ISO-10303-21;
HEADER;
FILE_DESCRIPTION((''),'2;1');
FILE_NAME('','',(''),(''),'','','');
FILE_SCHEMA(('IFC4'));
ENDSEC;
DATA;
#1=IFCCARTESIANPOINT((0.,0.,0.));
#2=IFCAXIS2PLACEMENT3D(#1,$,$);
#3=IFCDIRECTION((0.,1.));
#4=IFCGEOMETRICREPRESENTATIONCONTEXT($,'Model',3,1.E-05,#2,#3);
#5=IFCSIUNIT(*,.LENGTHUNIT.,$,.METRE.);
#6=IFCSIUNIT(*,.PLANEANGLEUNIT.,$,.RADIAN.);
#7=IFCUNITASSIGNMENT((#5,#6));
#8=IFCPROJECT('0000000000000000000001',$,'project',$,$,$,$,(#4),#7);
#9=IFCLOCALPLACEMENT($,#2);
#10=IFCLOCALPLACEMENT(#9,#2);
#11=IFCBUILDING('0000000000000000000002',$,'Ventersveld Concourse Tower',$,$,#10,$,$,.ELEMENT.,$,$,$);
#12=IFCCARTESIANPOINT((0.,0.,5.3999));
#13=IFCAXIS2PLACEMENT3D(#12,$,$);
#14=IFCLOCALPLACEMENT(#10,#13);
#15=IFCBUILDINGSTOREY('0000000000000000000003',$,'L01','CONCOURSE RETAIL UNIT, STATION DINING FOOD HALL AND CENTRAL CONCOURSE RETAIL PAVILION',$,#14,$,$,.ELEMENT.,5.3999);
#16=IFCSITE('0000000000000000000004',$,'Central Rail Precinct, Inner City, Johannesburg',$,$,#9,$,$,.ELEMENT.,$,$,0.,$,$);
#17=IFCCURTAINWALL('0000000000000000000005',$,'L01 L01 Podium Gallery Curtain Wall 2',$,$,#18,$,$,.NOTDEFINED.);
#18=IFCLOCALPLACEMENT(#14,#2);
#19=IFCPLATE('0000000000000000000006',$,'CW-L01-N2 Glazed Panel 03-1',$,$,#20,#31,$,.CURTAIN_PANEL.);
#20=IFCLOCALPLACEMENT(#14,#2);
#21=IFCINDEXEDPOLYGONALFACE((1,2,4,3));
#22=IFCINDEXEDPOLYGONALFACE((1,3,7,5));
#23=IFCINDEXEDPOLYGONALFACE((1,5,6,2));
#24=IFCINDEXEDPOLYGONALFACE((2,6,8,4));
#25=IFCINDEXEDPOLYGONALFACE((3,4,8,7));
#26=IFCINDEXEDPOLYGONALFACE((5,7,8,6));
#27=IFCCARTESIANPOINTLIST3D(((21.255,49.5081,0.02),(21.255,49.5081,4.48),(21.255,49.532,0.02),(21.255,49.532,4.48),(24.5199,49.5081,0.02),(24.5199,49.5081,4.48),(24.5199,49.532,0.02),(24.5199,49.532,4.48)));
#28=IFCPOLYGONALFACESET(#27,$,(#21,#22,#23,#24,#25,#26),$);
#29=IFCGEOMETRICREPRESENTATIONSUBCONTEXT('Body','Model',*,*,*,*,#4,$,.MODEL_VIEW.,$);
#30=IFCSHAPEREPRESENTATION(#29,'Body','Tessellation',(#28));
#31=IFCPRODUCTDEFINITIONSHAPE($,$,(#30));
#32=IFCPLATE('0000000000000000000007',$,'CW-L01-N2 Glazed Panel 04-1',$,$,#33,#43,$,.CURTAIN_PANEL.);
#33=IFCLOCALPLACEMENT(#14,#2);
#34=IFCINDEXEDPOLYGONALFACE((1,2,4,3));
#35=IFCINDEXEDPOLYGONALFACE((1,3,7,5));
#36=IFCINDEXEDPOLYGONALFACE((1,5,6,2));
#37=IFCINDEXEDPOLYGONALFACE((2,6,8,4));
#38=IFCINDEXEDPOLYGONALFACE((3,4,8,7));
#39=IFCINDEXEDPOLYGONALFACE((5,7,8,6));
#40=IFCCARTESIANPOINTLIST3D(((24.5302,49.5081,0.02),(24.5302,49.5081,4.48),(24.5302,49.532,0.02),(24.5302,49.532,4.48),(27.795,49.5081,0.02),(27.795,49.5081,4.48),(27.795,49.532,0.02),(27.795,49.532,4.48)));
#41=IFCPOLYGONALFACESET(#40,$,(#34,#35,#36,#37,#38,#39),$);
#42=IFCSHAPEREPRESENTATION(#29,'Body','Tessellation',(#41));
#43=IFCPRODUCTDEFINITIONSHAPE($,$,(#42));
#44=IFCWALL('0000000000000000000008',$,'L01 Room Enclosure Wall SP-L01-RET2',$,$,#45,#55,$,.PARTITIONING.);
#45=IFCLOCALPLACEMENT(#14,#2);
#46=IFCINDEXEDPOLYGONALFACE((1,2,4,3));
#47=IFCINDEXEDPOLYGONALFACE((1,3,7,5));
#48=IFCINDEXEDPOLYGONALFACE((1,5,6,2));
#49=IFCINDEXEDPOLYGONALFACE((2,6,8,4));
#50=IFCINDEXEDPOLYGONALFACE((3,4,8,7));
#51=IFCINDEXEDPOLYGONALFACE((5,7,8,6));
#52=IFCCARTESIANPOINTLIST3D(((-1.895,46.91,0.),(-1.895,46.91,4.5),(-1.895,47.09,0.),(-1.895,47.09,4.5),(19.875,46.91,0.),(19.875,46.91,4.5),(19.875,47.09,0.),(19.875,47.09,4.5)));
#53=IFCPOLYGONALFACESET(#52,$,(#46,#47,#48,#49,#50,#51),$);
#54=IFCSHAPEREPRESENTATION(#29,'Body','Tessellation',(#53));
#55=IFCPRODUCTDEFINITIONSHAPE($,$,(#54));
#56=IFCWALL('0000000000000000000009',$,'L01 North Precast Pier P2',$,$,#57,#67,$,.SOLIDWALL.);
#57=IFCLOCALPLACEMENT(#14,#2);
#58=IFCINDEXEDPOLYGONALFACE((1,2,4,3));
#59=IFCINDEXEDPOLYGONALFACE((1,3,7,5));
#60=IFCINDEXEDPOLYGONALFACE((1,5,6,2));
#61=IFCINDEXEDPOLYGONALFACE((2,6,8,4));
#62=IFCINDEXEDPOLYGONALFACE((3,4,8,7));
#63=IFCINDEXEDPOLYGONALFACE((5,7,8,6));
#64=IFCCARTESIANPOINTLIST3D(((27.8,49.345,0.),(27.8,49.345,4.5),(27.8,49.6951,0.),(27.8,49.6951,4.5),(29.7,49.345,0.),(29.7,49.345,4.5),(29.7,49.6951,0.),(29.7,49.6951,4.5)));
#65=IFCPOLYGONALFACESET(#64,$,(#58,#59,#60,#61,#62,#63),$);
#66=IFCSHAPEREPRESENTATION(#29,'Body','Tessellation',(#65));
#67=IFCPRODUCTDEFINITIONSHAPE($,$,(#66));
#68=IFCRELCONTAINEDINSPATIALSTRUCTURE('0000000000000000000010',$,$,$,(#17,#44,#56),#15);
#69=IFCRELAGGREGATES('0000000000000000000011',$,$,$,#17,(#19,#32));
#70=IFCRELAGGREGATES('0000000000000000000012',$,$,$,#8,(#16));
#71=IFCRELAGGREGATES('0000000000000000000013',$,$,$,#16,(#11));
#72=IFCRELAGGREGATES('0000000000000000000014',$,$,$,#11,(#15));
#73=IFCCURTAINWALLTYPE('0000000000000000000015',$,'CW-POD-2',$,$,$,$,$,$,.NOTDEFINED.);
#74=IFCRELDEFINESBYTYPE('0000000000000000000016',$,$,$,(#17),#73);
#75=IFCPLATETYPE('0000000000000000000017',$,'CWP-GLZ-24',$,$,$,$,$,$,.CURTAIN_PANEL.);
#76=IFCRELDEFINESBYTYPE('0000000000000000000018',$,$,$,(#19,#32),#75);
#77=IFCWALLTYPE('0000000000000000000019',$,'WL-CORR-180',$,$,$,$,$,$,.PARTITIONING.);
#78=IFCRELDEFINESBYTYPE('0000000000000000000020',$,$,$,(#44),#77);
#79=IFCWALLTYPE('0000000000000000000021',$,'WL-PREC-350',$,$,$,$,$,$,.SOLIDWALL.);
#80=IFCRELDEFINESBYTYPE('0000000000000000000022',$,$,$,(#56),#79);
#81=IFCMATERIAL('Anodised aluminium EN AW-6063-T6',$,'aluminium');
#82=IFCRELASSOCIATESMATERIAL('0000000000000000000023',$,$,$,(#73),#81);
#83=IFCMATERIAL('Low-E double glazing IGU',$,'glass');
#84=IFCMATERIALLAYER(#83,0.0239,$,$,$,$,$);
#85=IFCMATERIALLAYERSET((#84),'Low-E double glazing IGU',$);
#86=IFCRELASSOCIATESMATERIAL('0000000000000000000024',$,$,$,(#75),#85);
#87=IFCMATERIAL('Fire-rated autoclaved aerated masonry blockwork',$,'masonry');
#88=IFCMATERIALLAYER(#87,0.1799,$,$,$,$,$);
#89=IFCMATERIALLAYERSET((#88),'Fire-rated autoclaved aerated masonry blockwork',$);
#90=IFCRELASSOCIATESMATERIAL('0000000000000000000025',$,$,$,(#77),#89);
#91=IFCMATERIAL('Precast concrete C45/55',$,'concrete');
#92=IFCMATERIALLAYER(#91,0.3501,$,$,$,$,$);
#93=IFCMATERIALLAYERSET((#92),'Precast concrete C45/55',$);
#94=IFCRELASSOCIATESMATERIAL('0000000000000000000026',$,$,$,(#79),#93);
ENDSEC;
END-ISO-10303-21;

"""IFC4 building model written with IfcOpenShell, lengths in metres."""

from ifc_helpers import new_model, si_unit, direction, frame, frame_2d, origin, origin_2d, place, context, subcontext, project, spatial, rectangle, extrude, material, layer, layer_set, type_object, element, aggregate, save


model = new_model("IFC4")

# Units and contexts
model_context = context("Model", 3, precision=1e-05, world=origin(), true_north=direction((0.0, 1.0)))
body_context = subcontext(model_context, "Body", "Model", "MODEL_VIEW")
ifc_project = project(units=[si_unit("LENGTHUNIT", "METRE"), si_unit("PLANEANGLEUNIT", "RADIAN")], contexts=[model_context])

# Site, building, storey
site_placement = place(None, origin())
site = spatial("IfcSite", under=ifc_project, at=site_placement, Name="Central Rail Precinct, Inner City, Johannesburg", CompositionType="ELEMENT", RefElevation=0.0)
building_placement = place(site_placement, origin())
building = spatial("IfcBuilding", under=site, at=building_placement, Name="Ventersveld Concourse Tower", CompositionType="ELEMENT")
storey_placement = place(building_placement, frame((0.0, 0.0, 5.3999)))
storey = spatial("IfcBuildingStorey", under=building, at=storey_placement, Name="L01", Description="CONCOURSE RETAIL UNIT, STATION DINING FOOD HALL AND CENTRAL CONCOURSE RETAIL PAVILION", CompositionType="ELEMENT", Elevation=5.3999)

# Curtain wall
ifc_material_1 = material(Name="Anodised aluminium EN AW-6063-T6", Category="aluminium")
curtain_wall_type = type_object("IfcCurtainWallType", Name="CW-POD-2", PredefinedType="NOTDEFINED", material=ifc_material_1)
curtain_wall_placement = place(storey_placement, origin())
curtain_wall = element("IfcCurtainWall", 1, at=curtain_wall_placement, inside=storey, type_object=curtain_wall_type, Name="L01 L01 Podium Gallery Curtain Wall 2", PredefinedType="NOTDEFINED")

# Plates
ifc_material_2 = material(Name="Low-E double glazing IGU", Category="glass")
ifc_layer_1 = layer(ifc_material_2, 0.0239)
ifc_layer_set_1 = layer_set([ifc_layer_1], Name="Low-E double glazing IGU")
plate_type = type_object("IfcPlateType", Name="CWP-GLZ-24", PredefinedType="CURTAIN_PANEL", material=ifc_layer_set_1)
plate_1_placement = place(storey_placement, frame((22.8875, 49.52, 0.02), z_axis=(0.0, 0.0, 1.0), x_axis=(1.0, 0.0, 0.0)))
plate_1 = element("IfcPlate", 2, at=plate_1_placement, type_object=plate_type, Name="CW-L01-N2 Glazed Panel 03-1", PredefinedType="CURTAIN_PANEL", context=body_context, shape_type="SweptSolid", body=[
    extrude(rectangle(XDim=3.2649, YDim=0.0239, at=origin_2d()), origin(), (0.0, 0.0, 1.0), 4.46),
])
plate_2_placement = place(storey_placement, frame((26.1626, 49.52, 0.02), z_axis=(0.0, 0.0, 1.0), x_axis=(1.0, 0.0, 0.0)))
plate_2 = element("IfcPlate", 3, at=plate_2_placement, type_object=plate_type, Name="CW-L01-N2 Glazed Panel 04-1", PredefinedType="CURTAIN_PANEL", context=body_context, shape_type="SweptSolid", body=[
    extrude(rectangle(XDim=3.2649, YDim=0.0239, at=origin_2d()), origin(), (0.0, 0.0, 1.0), 4.46),
])
aggregate(curtain_wall, [plate_1, plate_2])

# Walls
ifc_material_3 = material(Name="Fire-rated autoclaved aerated masonry blockwork", Category="masonry")
ifc_layer_2 = layer(ifc_material_3, 0.1799)
ifc_layer_set_2 = layer_set([ifc_layer_2], Name="Fire-rated autoclaved aerated masonry blockwork")
wall_type_1 = type_object("IfcWallType", Name="WL-CORR-180", PredefinedType="PARTITIONING", material=ifc_layer_set_2)
wall_1_placement = place(storey_placement, frame((19.875, 47.0, 0.0), z_axis=(0.0, 0.0, 1.0), x_axis=(-1.0, 0.0, 0.0)))
element("IfcWall", 4, at=wall_1_placement, inside=storey, type_object=wall_type_1, Name="L01 Room Enclosure Wall SP-L01-RET2", PredefinedType="PARTITIONING", context=body_context, shape_type="SweptSolid", body=[
    extrude(rectangle(XDim=21.77, YDim=0.1799, at=frame_2d((10.885, 0.0))), origin(), (0.0, 0.0, 1.0), 4.5),
])
ifc_material_4 = material(Name="Precast concrete C45/55", Category="concrete")
ifc_layer_3 = layer(ifc_material_4, 0.3501)
ifc_layer_set_3 = layer_set([ifc_layer_3], Name="Precast concrete C45/55")
wall_type_2 = type_object("IfcWallType", Name="WL-PREC-350", PredefinedType="SOLIDWALL", material=ifc_layer_set_3)
wall_2_placement = place(storey_placement, frame((27.8, 49.52, 0.0), z_axis=(0.0, 0.0, 1.0), x_axis=(1.0, 0.0, 0.0)))
element("IfcWall", 5, at=wall_2_placement, inside=storey, type_object=wall_type_2, Name="L01 North Precast Pier P2", PredefinedType="SOLIDWALL", context=body_context, shape_type="SweptSolid", body=[
    extrude(rectangle(XDim=1.8999, YDim=0.3501, at=frame_2d((0.95, 0.0))), origin(), (0.0, 0.0, 1.0), 4.5),
])

save(model, "model.ifc")
